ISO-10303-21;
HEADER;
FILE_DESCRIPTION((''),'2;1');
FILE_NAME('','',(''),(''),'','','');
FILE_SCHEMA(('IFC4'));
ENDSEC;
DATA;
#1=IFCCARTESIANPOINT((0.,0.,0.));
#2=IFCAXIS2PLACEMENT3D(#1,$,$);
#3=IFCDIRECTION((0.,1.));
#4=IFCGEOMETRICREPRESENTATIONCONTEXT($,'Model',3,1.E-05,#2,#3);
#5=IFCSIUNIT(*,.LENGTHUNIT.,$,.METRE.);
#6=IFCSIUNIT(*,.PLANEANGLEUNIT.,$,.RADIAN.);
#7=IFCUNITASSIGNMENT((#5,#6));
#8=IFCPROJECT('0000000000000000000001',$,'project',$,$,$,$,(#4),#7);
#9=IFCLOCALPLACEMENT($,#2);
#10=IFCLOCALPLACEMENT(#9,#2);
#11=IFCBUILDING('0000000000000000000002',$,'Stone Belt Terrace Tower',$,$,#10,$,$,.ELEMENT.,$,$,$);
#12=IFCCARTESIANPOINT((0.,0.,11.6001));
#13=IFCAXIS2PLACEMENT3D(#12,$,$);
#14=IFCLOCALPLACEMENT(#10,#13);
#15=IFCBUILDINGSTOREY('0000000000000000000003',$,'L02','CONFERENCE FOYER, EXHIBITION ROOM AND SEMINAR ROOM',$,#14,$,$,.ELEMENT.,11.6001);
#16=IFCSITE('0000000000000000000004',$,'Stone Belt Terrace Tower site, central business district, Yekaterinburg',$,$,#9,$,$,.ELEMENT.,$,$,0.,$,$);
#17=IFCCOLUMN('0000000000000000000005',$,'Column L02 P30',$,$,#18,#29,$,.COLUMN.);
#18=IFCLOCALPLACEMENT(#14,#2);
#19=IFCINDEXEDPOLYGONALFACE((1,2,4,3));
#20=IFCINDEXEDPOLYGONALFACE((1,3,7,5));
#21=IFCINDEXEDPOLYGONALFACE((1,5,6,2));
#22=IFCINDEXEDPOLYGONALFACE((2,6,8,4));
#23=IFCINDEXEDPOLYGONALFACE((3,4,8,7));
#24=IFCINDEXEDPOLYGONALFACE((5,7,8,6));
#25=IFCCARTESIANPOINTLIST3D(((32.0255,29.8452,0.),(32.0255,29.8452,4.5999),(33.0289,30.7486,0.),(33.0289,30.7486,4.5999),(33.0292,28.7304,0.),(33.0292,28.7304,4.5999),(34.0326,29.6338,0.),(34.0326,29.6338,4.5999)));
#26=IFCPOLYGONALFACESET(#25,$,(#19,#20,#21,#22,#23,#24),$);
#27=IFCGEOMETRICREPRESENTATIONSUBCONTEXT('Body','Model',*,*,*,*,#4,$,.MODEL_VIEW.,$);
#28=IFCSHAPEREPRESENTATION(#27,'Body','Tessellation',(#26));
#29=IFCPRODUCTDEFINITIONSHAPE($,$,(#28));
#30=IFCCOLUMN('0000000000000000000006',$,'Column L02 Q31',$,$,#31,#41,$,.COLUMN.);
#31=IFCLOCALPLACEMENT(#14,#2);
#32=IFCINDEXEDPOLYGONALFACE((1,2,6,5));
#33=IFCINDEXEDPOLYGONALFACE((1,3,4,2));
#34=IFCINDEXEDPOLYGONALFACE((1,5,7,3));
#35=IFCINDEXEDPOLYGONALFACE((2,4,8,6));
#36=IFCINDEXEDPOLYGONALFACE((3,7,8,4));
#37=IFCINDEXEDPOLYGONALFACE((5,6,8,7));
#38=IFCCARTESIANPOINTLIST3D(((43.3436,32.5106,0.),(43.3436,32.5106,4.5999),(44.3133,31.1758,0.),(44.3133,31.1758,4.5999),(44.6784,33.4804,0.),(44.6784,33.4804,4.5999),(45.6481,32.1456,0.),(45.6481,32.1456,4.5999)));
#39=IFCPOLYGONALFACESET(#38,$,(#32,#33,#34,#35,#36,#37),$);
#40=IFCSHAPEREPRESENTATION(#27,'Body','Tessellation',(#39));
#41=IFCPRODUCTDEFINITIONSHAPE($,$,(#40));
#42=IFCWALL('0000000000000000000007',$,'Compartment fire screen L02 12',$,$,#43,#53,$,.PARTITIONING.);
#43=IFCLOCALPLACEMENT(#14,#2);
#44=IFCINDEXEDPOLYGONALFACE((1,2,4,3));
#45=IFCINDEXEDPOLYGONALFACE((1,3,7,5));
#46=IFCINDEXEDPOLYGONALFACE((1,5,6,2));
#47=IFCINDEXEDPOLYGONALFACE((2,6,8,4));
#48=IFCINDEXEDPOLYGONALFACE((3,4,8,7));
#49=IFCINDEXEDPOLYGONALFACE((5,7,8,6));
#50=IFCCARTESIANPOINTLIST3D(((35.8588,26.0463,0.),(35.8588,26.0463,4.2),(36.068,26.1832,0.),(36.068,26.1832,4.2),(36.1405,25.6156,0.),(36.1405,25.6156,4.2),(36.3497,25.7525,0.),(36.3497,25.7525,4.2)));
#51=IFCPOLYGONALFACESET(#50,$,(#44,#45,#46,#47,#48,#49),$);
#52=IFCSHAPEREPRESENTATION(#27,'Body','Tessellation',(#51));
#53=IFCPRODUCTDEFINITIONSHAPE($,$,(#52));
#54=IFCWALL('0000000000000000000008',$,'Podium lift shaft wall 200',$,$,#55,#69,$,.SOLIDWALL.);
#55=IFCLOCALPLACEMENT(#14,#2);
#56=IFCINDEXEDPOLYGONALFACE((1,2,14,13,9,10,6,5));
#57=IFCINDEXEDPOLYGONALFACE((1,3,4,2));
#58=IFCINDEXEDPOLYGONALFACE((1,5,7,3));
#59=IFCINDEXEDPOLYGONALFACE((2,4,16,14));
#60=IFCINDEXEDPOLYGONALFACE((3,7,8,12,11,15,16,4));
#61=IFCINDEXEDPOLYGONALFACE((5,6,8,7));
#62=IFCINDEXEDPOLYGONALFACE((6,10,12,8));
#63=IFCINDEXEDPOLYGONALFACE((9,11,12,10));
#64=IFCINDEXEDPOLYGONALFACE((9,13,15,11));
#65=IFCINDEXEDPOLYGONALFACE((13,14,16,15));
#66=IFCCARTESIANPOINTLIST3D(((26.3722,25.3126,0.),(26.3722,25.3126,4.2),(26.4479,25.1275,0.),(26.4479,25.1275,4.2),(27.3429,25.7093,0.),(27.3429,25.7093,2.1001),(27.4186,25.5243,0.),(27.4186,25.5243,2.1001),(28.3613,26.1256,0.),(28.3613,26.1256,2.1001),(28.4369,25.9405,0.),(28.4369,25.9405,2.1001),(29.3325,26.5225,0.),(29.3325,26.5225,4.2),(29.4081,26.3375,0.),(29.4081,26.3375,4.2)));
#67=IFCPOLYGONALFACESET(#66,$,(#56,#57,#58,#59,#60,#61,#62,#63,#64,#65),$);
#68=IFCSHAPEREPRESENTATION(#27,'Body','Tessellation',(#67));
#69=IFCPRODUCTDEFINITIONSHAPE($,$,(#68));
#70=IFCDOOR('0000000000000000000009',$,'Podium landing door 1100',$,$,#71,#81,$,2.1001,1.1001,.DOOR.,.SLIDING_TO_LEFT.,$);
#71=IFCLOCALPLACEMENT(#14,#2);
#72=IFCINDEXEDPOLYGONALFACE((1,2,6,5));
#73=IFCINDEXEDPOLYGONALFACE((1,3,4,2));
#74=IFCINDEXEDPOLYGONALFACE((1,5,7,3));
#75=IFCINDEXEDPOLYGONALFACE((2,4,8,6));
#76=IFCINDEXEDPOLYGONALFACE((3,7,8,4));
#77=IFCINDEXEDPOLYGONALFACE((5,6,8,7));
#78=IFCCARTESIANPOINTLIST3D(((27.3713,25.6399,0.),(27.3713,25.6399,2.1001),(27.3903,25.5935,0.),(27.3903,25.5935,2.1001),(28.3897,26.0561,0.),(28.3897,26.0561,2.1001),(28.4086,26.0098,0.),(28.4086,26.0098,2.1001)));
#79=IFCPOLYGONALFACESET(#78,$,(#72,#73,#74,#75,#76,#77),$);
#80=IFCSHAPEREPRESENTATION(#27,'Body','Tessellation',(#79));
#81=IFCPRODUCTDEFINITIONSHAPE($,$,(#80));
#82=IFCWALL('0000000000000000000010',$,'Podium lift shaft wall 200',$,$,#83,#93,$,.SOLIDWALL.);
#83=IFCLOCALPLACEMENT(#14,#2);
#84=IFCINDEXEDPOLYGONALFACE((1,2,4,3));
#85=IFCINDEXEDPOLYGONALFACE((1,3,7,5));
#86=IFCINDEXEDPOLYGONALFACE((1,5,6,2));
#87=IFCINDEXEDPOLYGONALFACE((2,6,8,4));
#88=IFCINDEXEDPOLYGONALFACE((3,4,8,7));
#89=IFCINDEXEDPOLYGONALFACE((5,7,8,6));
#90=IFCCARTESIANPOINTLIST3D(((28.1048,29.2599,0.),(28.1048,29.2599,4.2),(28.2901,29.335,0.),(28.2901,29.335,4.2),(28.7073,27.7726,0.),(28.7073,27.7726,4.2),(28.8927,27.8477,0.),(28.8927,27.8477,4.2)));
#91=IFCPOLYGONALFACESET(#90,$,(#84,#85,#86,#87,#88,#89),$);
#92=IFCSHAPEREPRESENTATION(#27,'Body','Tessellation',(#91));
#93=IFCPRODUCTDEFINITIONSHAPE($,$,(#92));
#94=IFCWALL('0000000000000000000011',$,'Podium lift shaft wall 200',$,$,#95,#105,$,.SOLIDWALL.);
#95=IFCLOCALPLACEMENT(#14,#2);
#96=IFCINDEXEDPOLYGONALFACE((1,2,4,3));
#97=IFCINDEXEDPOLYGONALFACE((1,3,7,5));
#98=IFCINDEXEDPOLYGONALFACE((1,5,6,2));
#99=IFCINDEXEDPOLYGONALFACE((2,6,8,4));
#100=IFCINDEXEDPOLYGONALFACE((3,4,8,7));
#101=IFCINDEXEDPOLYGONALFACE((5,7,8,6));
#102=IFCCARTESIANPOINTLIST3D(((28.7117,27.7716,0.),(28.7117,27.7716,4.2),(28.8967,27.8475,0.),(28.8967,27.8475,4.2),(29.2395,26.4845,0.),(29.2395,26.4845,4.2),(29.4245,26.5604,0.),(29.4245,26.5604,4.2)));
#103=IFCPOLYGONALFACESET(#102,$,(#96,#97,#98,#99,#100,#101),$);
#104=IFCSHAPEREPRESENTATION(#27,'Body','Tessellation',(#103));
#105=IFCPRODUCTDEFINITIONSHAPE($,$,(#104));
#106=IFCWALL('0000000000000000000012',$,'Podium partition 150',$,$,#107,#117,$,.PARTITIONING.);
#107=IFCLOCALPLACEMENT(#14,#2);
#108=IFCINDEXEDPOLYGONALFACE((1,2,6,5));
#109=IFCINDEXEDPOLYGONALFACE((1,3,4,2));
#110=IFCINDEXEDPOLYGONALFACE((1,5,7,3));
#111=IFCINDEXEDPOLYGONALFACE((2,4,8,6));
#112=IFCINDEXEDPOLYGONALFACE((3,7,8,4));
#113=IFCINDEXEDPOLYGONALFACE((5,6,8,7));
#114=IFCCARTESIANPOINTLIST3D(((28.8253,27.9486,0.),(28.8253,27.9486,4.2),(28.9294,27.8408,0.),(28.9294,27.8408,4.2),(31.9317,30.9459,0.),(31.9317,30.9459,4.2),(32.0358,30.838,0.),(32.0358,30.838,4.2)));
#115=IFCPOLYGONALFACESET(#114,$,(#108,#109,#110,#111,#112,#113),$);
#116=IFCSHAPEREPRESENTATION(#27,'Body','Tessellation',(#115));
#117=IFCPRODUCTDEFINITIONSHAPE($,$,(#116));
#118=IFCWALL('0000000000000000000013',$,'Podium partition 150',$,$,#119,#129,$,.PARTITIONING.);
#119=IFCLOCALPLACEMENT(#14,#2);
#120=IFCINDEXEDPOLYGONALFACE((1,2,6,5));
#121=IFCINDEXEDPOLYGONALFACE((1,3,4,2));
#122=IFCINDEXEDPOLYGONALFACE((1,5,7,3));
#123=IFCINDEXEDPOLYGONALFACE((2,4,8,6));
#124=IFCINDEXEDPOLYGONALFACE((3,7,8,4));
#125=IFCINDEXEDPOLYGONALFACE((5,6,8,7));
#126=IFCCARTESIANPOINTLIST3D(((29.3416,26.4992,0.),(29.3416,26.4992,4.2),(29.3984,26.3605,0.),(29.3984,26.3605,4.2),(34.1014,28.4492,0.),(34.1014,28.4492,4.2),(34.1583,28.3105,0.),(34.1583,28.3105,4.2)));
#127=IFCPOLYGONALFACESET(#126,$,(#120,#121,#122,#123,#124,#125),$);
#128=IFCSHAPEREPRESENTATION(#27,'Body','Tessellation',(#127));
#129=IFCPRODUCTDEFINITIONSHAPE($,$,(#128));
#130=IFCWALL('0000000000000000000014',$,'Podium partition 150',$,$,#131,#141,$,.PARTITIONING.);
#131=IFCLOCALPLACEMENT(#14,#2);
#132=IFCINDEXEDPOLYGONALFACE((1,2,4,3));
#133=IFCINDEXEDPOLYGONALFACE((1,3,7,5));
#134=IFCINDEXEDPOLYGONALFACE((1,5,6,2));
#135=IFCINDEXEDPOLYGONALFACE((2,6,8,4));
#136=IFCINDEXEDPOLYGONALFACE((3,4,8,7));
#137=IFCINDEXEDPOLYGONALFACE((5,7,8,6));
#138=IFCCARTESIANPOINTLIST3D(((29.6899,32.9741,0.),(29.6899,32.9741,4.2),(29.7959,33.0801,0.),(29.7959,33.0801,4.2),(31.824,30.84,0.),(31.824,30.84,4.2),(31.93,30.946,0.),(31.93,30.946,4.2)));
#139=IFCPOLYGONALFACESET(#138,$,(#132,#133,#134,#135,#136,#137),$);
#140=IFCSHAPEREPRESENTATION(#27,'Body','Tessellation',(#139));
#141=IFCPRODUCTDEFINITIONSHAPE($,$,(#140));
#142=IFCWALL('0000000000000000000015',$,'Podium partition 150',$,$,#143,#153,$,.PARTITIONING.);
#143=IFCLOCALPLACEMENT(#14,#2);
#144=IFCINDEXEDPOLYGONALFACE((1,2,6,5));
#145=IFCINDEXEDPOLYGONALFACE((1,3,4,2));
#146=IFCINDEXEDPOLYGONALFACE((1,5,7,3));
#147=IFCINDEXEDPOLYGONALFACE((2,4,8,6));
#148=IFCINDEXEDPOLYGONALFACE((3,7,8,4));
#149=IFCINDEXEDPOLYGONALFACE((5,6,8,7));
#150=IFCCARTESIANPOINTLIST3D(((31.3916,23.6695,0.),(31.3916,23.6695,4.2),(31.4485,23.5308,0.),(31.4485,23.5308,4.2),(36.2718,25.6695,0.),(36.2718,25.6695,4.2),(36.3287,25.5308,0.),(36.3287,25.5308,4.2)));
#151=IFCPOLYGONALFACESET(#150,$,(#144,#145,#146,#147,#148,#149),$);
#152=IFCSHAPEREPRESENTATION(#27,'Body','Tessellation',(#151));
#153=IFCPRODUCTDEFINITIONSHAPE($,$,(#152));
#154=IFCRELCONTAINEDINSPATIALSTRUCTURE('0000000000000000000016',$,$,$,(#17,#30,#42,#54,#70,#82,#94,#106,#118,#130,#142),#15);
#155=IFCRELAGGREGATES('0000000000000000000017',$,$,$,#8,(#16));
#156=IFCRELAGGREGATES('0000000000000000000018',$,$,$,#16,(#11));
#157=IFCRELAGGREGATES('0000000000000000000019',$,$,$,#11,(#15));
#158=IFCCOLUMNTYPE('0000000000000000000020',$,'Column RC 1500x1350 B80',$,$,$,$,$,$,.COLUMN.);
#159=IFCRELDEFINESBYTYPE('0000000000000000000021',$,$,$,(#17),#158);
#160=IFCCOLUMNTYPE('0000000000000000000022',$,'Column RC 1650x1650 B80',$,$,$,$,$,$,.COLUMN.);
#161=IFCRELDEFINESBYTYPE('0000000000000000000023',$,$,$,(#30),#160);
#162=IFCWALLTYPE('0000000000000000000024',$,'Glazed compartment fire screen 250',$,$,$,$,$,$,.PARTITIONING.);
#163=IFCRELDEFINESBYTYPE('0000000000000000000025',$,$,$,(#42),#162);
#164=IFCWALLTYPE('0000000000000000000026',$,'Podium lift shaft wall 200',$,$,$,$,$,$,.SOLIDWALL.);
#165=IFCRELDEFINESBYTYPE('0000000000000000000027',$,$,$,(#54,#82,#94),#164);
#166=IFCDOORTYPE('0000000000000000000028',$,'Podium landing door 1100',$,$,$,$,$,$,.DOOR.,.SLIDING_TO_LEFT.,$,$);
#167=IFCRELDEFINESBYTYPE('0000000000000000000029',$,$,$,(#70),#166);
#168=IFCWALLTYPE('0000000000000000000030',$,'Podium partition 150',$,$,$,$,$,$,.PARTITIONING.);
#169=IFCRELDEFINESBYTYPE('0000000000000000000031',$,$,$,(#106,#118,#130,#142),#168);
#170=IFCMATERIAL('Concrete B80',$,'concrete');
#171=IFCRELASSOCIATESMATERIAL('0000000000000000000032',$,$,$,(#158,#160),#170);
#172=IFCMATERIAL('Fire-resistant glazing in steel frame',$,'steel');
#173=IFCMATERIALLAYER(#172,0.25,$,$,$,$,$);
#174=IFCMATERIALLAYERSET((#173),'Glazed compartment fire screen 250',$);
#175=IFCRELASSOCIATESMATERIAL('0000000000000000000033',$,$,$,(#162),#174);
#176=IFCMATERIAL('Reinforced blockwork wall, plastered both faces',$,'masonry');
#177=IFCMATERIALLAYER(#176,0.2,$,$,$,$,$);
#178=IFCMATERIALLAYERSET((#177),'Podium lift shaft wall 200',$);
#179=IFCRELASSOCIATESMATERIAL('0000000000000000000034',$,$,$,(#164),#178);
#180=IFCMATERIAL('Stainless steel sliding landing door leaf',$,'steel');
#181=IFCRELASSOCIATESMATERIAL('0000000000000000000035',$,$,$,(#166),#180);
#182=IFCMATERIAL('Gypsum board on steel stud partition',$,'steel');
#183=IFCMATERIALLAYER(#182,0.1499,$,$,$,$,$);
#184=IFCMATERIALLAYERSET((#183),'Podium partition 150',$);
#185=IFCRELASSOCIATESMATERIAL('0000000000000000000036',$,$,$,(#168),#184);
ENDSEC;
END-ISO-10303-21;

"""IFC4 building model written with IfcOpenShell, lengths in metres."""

from ifc_helpers import new_model, si_unit, direction, frame, frame_2d, origin, origin_2d, place, context, subcontext, project, spatial, rectangle, extrude, material, layer, layer_set, material_profile, profile_set, type_object, element, fill, save


model = new_model("IFC4")

# Units and contexts
model_context = context("Model", 3, precision=1e-05, world=origin(), true_north=direction((0.0, 1.0)))
body_context = subcontext(model_context, "Body", "Model", "MODEL_VIEW")
ifc_project = project(units=[si_unit("LENGTHUNIT", "METRE"), si_unit("PLANEANGLEUNIT", "RADIAN")], contexts=[model_context])

# Site, building, storey
site_placement = place(None, origin())
site = spatial("IfcSite", under=ifc_project, at=site_placement, Name="Stone Belt Terrace Tower site, central business district, Yekaterinburg", CompositionType="ELEMENT", RefElevation=0.0)
building_placement = place(site_placement, origin())
building = spatial("IfcBuilding", under=site, at=building_placement, Name="Stone Belt Terrace Tower", CompositionType="ELEMENT")
storey_placement = place(building_placement, frame((0.0, 0.0, 11.6001)))
storey = spatial("IfcBuildingStorey", under=building, at=storey_placement, Name="L02", Description="CONFERENCE FOYER, EXHIBITION ROOM AND SEMINAR ROOM", CompositionType="ELEMENT", Elevation=11.6001)

# Columns
ifc_material_1 = material(Name="Concrete B80", Category="concrete")
ifc_material_profile_1 = material_profile(ifc_material_1, rectangle(XDim=1.5, YDim=1.3501, at=origin_2d()), Name="RC 1500x1350")
ifc_profile_set_1 = profile_set([ifc_material_profile_1], Name="Concrete B80")
column_type_1 = type_object("IfcColumnType", Name="Column RC 1500x1350 B80", PredefinedType="COLUMN", material=ifc_profile_set_1)
column_1_placement = place(storey_placement, frame((33.0291, 29.7395, 0.0), z_axis=(0.0, 0.0, 1.0), x_axis=(0.669131, -0.743145, 0.0)))
element("IfcColumn", 1, at=column_1_placement, inside=storey, type_object=column_type_1, Name="Column L02 P30", PredefinedType="COLUMN", context=body_context, shape_type="SweptSolid", body=[
    extrude(rectangle(XDim=1.5, YDim=1.3501, at=origin_2d()), origin(), (0.0, 0.0, 1.0), 4.5999),
])
ifc_material_profile_2 = material_profile(ifc_material_1, rectangle(XDim=1.6499, YDim=1.6499, at=origin_2d()), Name="RC 1650x1650")
ifc_profile_set_2 = profile_set([ifc_material_profile_2], Name="Concrete B80")
column_type_2 = type_object("IfcColumnType", Name="Column RC 1650x1650 B80", PredefinedType="COLUMN", material=ifc_profile_set_2)
column_2_placement = place(storey_placement, frame((44.4958, 32.3281, 0.0), z_axis=(0.0, 0.0, 1.0), x_axis=(0.587785, -0.809017, 0.0)))
element("IfcColumn", 2, at=column_2_placement, inside=storey, type_object=column_type_2, Name="Column L02 Q31", PredefinedType="COLUMN", context=body_context, shape_type="SweptSolid", body=[
    extrude(rectangle(XDim=1.6499, YDim=1.6499, at=origin_2d()), origin(), (0.0, 0.0, 1.0), 4.5999),
])

# Wall
ifc_material_2 = material(Name="Fire-resistant glazing in steel frame", Category="steel")
ifc_layer_1 = layer(ifc_material_2, 0.25)
ifc_layer_set_1 = layer_set([ifc_layer_1], Name="Glazed compartment fire screen 250")
wall_type_1 = type_object("IfcWallType", Name="Glazed compartment fire screen 250", PredefinedType="PARTITIONING", material=ifc_layer_set_1)
wall_1_placement = place(storey_placement, frame((35.9634, 26.1147, 0.0), z_axis=(0.0, 0.0, 1.0), x_axis=(0.547454, -0.836836, 0.0)))
element("IfcWall", 3, at=wall_1_placement, inside=storey, type_object=wall_type_1, Name="Compartment fire screen L02 12", PredefinedType="PARTITIONING", context=body_context, shape_type="SweptSolid", body=[
    extrude(rectangle(XDim=0.5146, YDim=0.25, at=frame_2d((0.2573, 0.0))), origin(), (0.0, 0.0, 1.0), 4.2),
])

# Wall, opening, door
ifc_material_3 = material(Name="Reinforced blockwork wall, plastered both faces", Category="masonry")
ifc_layer_2 = layer(ifc_material_3, 0.2)
ifc_layer_set_2 = layer_set([ifc_layer_2], Name="Podium lift shaft wall 200")
wall_type_2 = type_object("IfcWallType", Name="Podium lift shaft wall 200", PredefinedType="SOLIDWALL", material=ifc_layer_set_2)
wall_2_placement = place(storey_placement, frame((26.4099, 25.22, 0.0), z_axis=(0.0, 0.0, 1.0), x_axis=(0.92566, 0.378356, 0.0)))
wall_2 = element("IfcWall", 4, at=wall_2_placement, inside=storey, type_object=wall_type_2, Name="Podium lift shaft wall 200", PredefinedType="SOLIDWALL", context=body_context, shape_type="SweptSolid", body=[
    extrude(rectangle(XDim=3.198, YDim=0.2, at=frame_2d((1.5991, 0.0))), origin(), (0.0, 0.0, 1.0), 4.2),
])
opening_1_placement = place(wall_2_placement, frame((1.0488, 0.0, 0.0)))
opening_1 = element("IfcOpeningElement", 5, at=opening_1_placement, cuts=wall_2, PredefinedType="OPENING", context=body_context, shape_type="SweptSolid", body=[
    extrude(rectangle(XDim=1.1001, YDim=2.1001, at=frame_2d((0.55, 1.05))), frame((0.0, 0.1099, 0.0), z_axis=(0.0, -1.0, 0.0), x_axis=(1.0, 0.0, 0.0)), (0.0, 0.0, 1.0), 0.22),
])
ifc_material_4 = material(Name="Stainless steel sliding landing door leaf", Category="steel")
door_type_1 = type_object("IfcDoorType", Name="Podium landing door 1100", OperationType="SLIDING_TO_LEFT", PredefinedType="DOOR", material=ifc_material_4)
door_1_placement = place(opening_1_placement, origin())
door_1 = element("IfcDoor", 6, at=door_1_placement, inside=storey, type_object=door_type_1, Name="Podium landing door 1100", OperationType="SLIDING_TO_LEFT", OverallHeight=2.1001, OverallWidth=1.1001, PredefinedType="DOOR", context=body_context, shape_type="SweptSolid", body=[
    extrude(rectangle(XDim=1.1001, YDim=2.1001, at=frame_2d((0.55, 1.05))), frame((0.0, 0.0249, 0.0), z_axis=(0.0, -1.0, 0.0), x_axis=(1.0, 0.0, 0.0)), (0.0, 0.0, 1.0), 0.05),
])
fill(opening_1, door_1)

# Walls
wall_3_placement = place(storey_placement, frame((28.1975, 29.2974, 0.0), z_axis=(0.0, 0.0, 1.0), x_axis=(0.375479, -0.926831, 0.0)))
element("IfcWall", 7, at=wall_3_placement, inside=storey, type_object=wall_type_2, Name="Podium lift shaft wall 200", PredefinedType="SOLIDWALL", context=body_context, shape_type="SweptSolid", body=[
    extrude(rectangle(XDim=1.6047, YDim=0.2, at=frame_2d((0.8022, 0.0))), origin(), (0.0, 0.0, 1.0), 4.2),
])
wall_4_placement = place(storey_placement, frame((28.8042, 27.8096, 0.0), z_axis=(0.0, 0.0, 1.0), x_axis=(0.379425, -0.925222, 0.0)))
element("IfcWall", 8, at=wall_4_placement, inside=storey, type_object=wall_type_2, Name="Podium lift shaft wall 200", PredefinedType="SOLIDWALL", context=body_context, shape_type="SweptSolid", body=[
    extrude(rectangle(XDim=1.3911, YDim=0.2, at=frame_2d((0.6956, 0.0))), origin(), (0.0, 0.0, 1.0), 4.2),
])
ifc_material_5 = material(Name="Gypsum board on steel stud partition", Category="steel")
ifc_layer_3 = layer(ifc_material_5, 0.1499)
ifc_layer_set_3 = layer_set([ifc_layer_3], Name="Podium partition 150")
wall_type_3 = type_object("IfcWallType", Name="Podium partition 150", PredefinedType="PARTITIONING", material=ifc_layer_set_3)
wall_5_placement = place(storey_placement, frame((28.8774, 27.8948, 0.0), z_axis=(0.0, 0.0, 1.0), x_axis=(0.719634, 0.694353, 0.0)))
element("IfcWall", 9, at=wall_5_placement, inside=storey, type_object=wall_type_3, Name="Podium partition 150", PredefinedType="PARTITIONING", context=body_context, shape_type="SweptSolid", body=[
    extrude(rectangle(XDim=4.3167, YDim=0.1499, at=frame_2d((2.1582, 0.0))), origin(), (0.0, 0.0, 1.0), 4.2),
])
wall_6_placement = place(storey_placement, frame((29.3701, 26.4299, 0.0), z_axis=(0.0, 0.0, 1.0), x_axis=(0.925358, 0.379095, 0.0)))
element("IfcWall", 10, at=wall_6_placement, inside=storey, type_object=wall_type_3, Name="Podium partition 150", PredefinedType="PARTITIONING", context=body_context, shape_type="SweptSolid", body=[
    extrude(rectangle(XDim=5.1438, YDim=0.1499, at=frame_2d((2.5718, 0.0))), origin(), (0.0, 0.0, 1.0), 4.2),
])
wall_7_placement = place(storey_placement, frame((29.7429, 33.0271, 0.0), z_axis=(0.0, 0.0, 1.0), x_axis=(0.707107, -0.707107, 0.0)))
element("IfcWall", 11, at=wall_7_placement, inside=storey, type_object=wall_type_3, Name="Podium partition 150", PredefinedType="PARTITIONING", context=body_context, shape_type="SweptSolid", body=[
    extrude(rectangle(XDim=3.0181, YDim=0.1499, at=frame_2d((1.509, 0.0))), origin(), (0.0, 0.0, 1.0), 4.2),
])
wall_8_placement = place(storey_placement, frame((31.4199, 23.6001, 0.0), z_axis=(0.0, 0.0, 1.0), x_axis=(0.925309, 0.379215, 0.0)))
element("IfcWall", 12, at=wall_8_placement, inside=storey, type_object=wall_type_3, Name="Podium partition 150", PredefinedType="PARTITIONING", context=body_context, shape_type="SweptSolid", body=[
    extrude(rectangle(XDim=5.2742, YDim=0.1499, at=frame_2d((2.6372, 0.0))), origin(), (0.0, 0.0, 1.0), 4.2),
])

save(model, "model.ifc")
